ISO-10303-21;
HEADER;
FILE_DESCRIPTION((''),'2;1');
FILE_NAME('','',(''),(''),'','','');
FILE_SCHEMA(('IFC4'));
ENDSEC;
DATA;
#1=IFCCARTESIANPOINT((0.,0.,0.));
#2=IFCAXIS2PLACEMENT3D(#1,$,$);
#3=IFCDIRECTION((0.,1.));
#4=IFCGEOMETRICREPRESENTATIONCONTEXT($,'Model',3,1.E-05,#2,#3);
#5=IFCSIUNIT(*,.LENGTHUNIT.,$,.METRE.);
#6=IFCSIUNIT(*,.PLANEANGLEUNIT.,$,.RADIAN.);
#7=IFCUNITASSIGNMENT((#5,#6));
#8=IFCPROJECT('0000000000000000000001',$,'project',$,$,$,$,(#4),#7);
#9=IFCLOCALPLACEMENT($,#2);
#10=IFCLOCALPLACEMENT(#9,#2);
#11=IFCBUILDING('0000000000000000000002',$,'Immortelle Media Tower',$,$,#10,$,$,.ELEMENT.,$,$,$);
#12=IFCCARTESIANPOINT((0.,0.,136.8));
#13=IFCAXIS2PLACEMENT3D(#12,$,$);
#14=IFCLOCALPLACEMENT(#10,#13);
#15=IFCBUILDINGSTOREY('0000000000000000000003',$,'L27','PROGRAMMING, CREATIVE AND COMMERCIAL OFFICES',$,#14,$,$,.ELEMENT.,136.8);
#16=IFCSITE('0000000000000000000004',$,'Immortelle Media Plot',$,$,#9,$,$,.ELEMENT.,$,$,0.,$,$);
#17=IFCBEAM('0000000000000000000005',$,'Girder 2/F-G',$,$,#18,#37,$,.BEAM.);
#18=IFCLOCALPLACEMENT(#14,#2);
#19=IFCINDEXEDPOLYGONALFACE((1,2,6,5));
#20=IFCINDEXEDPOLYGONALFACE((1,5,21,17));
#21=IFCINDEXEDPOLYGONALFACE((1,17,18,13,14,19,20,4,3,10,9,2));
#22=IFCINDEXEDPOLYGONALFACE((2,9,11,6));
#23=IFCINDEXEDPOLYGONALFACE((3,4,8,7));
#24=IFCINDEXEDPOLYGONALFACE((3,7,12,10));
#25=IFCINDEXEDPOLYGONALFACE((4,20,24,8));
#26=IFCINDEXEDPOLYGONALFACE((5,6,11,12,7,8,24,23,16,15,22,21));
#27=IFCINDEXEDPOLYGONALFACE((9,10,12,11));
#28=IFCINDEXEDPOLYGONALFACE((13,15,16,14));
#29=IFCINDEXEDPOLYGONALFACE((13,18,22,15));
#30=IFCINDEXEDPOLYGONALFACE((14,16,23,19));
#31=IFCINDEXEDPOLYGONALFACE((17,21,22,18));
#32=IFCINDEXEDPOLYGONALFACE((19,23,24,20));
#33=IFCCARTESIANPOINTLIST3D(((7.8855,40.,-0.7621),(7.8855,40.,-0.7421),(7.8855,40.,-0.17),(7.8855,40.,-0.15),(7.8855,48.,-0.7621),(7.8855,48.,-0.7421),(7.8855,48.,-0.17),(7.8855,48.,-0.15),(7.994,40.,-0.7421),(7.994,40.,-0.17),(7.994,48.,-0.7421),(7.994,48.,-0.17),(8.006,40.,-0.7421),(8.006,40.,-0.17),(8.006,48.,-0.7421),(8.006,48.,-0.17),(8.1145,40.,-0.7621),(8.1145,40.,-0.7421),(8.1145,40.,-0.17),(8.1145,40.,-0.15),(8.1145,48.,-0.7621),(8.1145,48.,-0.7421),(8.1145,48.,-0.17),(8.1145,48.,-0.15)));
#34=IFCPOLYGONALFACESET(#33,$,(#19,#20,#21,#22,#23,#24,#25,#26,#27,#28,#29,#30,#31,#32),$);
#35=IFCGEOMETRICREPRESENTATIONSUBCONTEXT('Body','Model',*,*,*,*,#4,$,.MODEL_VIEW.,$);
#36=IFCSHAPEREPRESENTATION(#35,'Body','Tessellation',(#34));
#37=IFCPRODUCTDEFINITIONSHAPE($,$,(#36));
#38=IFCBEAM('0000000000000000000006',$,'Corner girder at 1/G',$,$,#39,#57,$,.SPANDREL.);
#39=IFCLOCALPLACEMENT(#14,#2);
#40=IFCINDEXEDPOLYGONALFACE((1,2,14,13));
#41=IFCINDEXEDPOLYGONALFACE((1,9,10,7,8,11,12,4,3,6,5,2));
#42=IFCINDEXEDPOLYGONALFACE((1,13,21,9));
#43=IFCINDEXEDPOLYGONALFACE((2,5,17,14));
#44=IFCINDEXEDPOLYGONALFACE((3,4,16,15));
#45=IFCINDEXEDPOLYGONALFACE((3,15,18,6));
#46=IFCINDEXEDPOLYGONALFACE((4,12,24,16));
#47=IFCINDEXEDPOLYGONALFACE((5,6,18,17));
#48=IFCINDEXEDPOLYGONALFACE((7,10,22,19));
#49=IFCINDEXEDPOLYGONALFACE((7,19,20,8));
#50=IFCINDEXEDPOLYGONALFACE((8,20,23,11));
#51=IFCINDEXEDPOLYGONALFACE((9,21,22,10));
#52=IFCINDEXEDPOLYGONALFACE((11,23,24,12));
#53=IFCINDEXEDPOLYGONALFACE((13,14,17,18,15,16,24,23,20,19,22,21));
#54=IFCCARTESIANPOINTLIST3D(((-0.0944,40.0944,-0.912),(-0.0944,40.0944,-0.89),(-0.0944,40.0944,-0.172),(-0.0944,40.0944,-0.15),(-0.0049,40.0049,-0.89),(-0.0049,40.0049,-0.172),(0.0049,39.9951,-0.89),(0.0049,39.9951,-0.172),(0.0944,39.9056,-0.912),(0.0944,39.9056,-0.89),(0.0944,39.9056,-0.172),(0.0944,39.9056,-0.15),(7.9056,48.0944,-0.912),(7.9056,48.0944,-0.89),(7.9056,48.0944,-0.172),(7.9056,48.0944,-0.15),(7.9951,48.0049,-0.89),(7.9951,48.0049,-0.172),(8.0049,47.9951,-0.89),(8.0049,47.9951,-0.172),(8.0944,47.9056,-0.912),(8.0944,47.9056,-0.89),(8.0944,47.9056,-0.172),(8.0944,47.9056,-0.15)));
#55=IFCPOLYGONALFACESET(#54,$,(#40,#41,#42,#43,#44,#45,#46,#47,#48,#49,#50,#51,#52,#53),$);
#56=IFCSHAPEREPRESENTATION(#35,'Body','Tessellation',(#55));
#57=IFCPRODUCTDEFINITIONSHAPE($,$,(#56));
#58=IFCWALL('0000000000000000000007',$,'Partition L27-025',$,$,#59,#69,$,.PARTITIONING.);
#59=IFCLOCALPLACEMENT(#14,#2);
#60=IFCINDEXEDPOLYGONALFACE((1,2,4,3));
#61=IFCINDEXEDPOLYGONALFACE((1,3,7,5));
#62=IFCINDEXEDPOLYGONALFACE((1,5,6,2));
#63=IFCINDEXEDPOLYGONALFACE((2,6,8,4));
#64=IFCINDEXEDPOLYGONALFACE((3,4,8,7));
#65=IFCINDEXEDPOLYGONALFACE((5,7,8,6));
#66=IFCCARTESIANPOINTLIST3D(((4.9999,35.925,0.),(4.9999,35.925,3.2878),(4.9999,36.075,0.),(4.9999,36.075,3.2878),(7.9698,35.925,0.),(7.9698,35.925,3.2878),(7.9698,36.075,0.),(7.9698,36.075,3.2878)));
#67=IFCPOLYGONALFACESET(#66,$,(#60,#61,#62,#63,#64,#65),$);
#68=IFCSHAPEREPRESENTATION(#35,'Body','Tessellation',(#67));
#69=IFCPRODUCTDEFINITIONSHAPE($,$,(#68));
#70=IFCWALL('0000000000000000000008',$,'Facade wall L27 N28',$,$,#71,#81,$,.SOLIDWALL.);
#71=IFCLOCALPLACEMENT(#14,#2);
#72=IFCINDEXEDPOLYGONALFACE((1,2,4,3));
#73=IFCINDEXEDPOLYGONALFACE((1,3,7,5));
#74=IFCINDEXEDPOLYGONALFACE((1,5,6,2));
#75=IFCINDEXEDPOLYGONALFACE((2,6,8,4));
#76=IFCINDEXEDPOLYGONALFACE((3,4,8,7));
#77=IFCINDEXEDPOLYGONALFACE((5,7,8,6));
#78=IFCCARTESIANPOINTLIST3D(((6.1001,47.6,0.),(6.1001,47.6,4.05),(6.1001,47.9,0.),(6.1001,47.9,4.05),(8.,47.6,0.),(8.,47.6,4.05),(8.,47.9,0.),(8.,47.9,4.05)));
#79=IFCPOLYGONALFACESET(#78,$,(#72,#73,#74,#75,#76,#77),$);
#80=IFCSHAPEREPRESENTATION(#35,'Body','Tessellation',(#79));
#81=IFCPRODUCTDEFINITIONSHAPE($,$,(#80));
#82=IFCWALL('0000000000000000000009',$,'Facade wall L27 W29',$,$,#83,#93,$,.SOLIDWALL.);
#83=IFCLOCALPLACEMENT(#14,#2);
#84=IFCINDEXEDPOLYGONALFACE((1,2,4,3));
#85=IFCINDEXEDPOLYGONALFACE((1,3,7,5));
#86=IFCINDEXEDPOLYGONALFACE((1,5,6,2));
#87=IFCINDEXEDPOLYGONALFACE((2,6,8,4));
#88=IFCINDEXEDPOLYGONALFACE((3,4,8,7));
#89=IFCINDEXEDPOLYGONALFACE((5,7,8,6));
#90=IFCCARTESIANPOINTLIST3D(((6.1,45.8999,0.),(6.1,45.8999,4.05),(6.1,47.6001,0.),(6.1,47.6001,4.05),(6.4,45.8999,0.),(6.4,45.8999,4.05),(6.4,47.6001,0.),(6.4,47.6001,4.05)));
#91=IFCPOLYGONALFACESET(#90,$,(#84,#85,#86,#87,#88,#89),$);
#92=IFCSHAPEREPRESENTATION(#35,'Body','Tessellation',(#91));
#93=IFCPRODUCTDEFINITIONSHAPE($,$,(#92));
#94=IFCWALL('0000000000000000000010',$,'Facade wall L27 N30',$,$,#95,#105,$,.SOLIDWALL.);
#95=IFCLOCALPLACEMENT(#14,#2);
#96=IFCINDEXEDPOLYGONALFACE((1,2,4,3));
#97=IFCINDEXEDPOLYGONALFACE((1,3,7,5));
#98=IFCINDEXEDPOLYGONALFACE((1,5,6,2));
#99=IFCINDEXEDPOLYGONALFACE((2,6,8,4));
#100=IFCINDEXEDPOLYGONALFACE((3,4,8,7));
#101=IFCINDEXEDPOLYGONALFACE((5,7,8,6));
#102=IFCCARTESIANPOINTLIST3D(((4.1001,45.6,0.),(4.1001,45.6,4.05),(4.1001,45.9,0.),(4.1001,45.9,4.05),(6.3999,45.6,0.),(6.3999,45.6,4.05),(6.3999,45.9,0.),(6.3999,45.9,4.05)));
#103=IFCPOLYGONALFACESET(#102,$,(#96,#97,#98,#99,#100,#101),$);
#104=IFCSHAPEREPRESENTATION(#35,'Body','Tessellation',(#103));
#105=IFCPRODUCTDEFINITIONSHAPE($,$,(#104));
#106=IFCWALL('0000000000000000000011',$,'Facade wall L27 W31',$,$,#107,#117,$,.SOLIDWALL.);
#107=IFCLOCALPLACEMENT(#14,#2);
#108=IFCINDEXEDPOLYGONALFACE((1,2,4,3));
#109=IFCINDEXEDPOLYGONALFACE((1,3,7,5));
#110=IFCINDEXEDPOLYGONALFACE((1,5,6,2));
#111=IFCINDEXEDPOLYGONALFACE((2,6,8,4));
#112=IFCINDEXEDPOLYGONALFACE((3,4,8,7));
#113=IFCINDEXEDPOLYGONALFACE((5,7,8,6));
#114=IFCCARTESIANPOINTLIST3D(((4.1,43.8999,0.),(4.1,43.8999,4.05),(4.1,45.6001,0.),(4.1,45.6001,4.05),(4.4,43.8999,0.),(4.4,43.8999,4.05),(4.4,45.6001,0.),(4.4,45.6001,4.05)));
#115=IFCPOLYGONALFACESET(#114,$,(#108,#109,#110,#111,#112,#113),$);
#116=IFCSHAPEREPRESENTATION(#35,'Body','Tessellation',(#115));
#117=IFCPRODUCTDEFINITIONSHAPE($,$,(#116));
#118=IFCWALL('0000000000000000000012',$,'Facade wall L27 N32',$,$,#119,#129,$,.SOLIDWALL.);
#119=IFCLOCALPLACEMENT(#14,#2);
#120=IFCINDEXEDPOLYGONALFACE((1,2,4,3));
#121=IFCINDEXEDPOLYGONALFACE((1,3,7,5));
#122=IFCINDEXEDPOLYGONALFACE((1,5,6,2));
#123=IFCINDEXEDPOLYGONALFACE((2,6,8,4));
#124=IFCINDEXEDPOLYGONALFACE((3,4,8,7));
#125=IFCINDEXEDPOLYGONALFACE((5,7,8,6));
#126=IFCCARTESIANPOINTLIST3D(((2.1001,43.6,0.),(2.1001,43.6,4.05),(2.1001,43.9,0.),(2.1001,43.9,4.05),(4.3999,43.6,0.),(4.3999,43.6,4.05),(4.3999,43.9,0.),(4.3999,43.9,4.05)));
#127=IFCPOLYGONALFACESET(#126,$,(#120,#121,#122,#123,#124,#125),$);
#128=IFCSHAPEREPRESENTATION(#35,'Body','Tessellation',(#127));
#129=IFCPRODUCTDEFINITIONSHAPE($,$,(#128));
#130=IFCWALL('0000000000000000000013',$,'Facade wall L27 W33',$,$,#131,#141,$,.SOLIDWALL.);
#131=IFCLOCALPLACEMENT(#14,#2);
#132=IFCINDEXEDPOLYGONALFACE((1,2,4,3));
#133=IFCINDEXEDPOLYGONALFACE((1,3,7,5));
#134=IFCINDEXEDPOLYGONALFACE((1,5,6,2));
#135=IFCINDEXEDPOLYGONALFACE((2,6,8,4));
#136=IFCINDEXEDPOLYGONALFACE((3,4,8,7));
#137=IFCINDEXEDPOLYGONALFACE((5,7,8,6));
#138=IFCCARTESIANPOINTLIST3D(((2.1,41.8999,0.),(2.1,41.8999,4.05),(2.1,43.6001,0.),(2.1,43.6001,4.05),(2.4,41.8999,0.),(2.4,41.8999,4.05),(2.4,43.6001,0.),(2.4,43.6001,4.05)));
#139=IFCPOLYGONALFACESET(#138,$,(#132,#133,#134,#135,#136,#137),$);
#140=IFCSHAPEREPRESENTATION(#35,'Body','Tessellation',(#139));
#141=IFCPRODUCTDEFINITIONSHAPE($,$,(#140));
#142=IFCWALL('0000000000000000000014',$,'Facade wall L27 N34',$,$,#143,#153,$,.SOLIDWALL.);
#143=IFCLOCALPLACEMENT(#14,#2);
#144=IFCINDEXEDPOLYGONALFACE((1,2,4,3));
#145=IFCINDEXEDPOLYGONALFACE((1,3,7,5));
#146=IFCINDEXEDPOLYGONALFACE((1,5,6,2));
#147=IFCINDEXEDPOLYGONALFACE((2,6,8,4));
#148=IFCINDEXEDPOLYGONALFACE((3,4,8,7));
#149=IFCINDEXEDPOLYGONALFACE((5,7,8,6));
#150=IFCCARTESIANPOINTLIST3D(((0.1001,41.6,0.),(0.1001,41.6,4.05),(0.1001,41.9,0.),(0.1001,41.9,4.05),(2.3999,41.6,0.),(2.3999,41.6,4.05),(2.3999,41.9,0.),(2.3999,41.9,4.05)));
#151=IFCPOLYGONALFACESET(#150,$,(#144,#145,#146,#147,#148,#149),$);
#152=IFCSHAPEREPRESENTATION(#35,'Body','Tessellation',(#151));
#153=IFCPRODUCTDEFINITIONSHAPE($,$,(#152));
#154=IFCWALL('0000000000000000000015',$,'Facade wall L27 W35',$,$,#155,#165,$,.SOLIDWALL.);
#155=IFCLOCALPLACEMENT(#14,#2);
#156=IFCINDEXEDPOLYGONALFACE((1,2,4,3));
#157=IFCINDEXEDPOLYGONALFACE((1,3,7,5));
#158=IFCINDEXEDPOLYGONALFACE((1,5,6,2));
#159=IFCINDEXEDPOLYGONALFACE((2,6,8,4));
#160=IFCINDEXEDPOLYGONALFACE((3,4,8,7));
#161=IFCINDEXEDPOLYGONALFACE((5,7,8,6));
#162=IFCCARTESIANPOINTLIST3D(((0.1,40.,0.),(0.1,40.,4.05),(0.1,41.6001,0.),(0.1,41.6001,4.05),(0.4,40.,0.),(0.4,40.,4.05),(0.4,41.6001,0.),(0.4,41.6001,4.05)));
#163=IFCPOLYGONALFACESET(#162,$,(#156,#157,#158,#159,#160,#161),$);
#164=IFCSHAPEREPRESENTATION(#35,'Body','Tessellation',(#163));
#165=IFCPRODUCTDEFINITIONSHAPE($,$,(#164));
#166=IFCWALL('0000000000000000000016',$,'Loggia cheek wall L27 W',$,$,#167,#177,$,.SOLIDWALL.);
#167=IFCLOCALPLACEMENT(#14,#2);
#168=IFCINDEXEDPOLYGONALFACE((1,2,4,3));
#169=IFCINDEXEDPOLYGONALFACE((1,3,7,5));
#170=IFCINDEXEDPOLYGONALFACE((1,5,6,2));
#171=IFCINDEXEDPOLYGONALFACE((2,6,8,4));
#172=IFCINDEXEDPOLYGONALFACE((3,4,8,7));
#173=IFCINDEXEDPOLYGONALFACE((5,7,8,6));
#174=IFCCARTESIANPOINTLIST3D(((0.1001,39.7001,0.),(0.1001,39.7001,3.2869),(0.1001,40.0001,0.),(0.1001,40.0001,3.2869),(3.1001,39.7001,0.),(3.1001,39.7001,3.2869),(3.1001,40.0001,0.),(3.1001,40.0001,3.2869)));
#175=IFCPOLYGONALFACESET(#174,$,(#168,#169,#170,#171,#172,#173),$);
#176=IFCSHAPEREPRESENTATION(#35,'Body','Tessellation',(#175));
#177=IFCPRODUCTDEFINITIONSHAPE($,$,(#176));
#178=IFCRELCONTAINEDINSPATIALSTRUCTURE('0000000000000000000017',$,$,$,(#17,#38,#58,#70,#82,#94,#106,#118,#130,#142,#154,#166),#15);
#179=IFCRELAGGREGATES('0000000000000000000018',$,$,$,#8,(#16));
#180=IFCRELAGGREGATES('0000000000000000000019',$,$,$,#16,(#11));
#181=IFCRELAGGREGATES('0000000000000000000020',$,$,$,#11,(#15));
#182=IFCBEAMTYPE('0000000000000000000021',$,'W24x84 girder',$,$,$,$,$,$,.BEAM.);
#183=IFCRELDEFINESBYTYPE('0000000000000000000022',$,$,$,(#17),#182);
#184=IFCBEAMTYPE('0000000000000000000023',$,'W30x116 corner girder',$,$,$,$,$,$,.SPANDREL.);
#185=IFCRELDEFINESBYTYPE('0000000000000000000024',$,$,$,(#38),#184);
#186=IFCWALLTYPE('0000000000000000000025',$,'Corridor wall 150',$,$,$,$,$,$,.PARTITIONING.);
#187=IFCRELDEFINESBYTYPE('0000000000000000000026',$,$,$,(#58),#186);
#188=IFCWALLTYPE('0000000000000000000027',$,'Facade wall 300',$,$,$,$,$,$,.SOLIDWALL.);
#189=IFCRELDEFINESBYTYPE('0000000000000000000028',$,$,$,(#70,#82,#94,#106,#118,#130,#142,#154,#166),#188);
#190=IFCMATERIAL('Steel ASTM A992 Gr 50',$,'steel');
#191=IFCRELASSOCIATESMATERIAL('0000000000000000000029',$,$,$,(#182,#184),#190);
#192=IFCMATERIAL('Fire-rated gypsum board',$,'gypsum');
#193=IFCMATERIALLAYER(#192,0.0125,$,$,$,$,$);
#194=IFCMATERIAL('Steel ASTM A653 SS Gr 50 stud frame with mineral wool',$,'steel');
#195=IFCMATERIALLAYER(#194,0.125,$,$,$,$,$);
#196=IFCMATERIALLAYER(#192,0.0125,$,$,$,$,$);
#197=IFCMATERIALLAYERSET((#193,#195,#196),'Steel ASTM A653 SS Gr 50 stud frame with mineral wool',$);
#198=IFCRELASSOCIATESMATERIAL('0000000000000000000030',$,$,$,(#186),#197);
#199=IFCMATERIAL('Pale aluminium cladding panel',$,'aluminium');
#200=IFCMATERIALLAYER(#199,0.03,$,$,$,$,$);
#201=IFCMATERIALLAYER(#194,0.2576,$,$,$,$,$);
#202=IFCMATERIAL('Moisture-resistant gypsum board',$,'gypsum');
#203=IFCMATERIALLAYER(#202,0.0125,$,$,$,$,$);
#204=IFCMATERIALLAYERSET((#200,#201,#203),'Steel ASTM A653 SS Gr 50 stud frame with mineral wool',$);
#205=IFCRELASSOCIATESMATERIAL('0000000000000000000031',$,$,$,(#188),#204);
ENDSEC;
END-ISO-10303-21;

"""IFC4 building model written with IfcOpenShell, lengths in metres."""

from ifc_helpers import new_model, si_unit, direction, frame, frame_2d, origin, origin_2d, place, context, subcontext, project, spatial, rectangle, i_section, extrude, material, layer, layer_set, material_profile, profile_set, type_object, element, save


model = new_model("IFC4")

# Units and contexts
model_context = context("Model", 3, precision=1e-05, world=origin(), true_north=direction((0.0, 1.0)))
body_context = subcontext(model_context, "Body", "Model", "MODEL_VIEW")
ifc_project = project(units=[si_unit("LENGTHUNIT", "METRE"), si_unit("PLANEANGLEUNIT", "RADIAN")], contexts=[model_context])

# Site, building, storey
site_placement = place(None, origin())
site = spatial("IfcSite", under=ifc_project, at=site_placement, Name="Immortelle Media Plot", CompositionType="ELEMENT", RefElevation=0.0)
building_placement = place(site_placement, origin())
building = spatial("IfcBuilding", under=site, at=building_placement, Name="Immortelle Media Tower", CompositionType="ELEMENT")
storey_placement = place(building_placement, frame((0.0, 0.0, 136.8)))
storey = spatial("IfcBuildingStorey", under=building, at=storey_placement, Name="L27", Description="PROGRAMMING, CREATIVE AND COMMERCIAL OFFICES", CompositionType="ELEMENT", Elevation=136.8)

# Shared definitions
ifc_material_1 = material(Name="Steel ASTM A992 Gr 50", Category="steel")

# Beams
ifc_material_profile_1 = material_profile(ifc_material_1, i_section(OverallWidth=0.229, OverallDepth=0.6121, WebThickness=0.012, FlangeThickness=0.02, at=origin_2d()), Name="W24x84")
ifc_profile_set_1 = profile_set([ifc_material_profile_1], Name="Steel ASTM A992 Gr 50")
beam_type_1 = type_object("IfcBeamType", Name="W24x84 girder", PredefinedType="BEAM", material=ifc_profile_set_1)
for number, where, z_axis, x_axis, name in (
    (1, (8.0, 40.0, -0.4561), (0.0, 1.0, 0.0), (-1.0, 0.0, 0.0), "Girder 2/F-G"),
):
    element("IfcBeam", number, at=place(storey_placement, frame(where, z_axis=z_axis, x_axis=x_axis)), inside=storey, type_object=beam_type_1, Name=name, PredefinedType="BEAM", context=body_context, shape_type="SweptSolid", body=[
        extrude(i_section(OverallWidth=0.229, OverallDepth=0.6121, WebThickness=0.012, FlangeThickness=0.02, at=origin_2d()), origin(), (0.0, 0.0, 1.0), 8.0),
    ])
ifc_material_profile_2 = material_profile(ifc_material_1, i_section(OverallWidth=0.2671, OverallDepth=0.762, WebThickness=0.0139, FlangeThickness=0.022, at=origin_2d()), Name="W30x116")
ifc_profile_set_2 = profile_set([ifc_material_profile_2], Name="Steel ASTM A992 Gr 50")
beam_type_2 = type_object("IfcBeamType", Name="W30x116 corner girder", PredefinedType="SPANDREL", material=ifc_profile_set_2)
beam_1_placement = place(storey_placement, frame((0.0, 40.0, -0.531), z_axis=(0.707107, 0.707107, 0.0), x_axis=(-0.707107, 0.707107, 0.0)))
element("IfcBeam", 2, at=beam_1_placement, inside=storey, type_object=beam_type_2, Name="Corner girder at 1/G", PredefinedType="SPANDREL", context=body_context, shape_type="SweptSolid", body=[
    extrude(i_section(OverallWidth=0.2671, OverallDepth=0.762, WebThickness=0.0139, FlangeThickness=0.022, at=origin_2d()), origin(), (0.0, 0.0, 1.0), 11.3137),
])

# Walls
ifc_material_2 = material(Name="Fire-rated gypsum board", Category="gypsum")
ifc_layer_1 = layer(ifc_material_2, 0.0125)
ifc_material_3 = material(Name="Steel ASTM A653 SS Gr 50 stud frame with mineral wool", Category="steel")
ifc_layer_2 = layer(ifc_material_3, 0.125)
ifc_layer_3 = layer(ifc_material_2, 0.0125)
ifc_layer_set_1 = layer_set([ifc_layer_1, ifc_layer_2, ifc_layer_3], Name="Steel ASTM A653 SS Gr 50 stud frame with mineral wool")
wall_type_1 = type_object("IfcWallType", Name="Corridor wall 150", PredefinedType="PARTITIONING", material=ifc_layer_set_1)
wall_1_placement = place(storey_placement, frame((5.0, 36.0, 0.0), z_axis=(0.0, 0.0, 1.0), x_axis=(1.0, 0.0, 0.0)))
element("IfcWall", 3, at=wall_1_placement, inside=storey, type_object=wall_type_1, Name="Partition L27-025", PredefinedType="PARTITIONING", context=body_context, shape_type="SweptSolid", body=[
    extrude(rectangle(XDim=2.97, YDim=0.1499, at=frame_2d((1.4849, 0.0))), origin(), (0.0, 0.0, 1.0), 3.2878),
])
ifc_material_4 = material(Name="Pale aluminium cladding panel", Category="aluminium")
ifc_layer_4 = layer(ifc_material_4, 0.03)
ifc_layer_5 = layer(ifc_material_3, 0.2576)
ifc_material_5 = material(Name="Moisture-resistant gypsum board", Category="gypsum")
ifc_layer_6 = layer(ifc_material_5, 0.0125)
ifc_layer_set_2 = layer_set([ifc_layer_4, ifc_layer_5, ifc_layer_6], Name="Steel ASTM A653 SS Gr 50 stud frame with mineral wool")
wall_type_2 = type_object("IfcWallType", Name="Facade wall 300", PredefinedType="SOLIDWALL", material=ifc_layer_set_2)
wall_2_placement = place(storey_placement, frame((8.0, 47.75, 0.0), z_axis=(0.0, 0.0, 1.0), x_axis=(-1.0, 0.0, 0.0)))
element("IfcWall", 4, at=wall_2_placement, inside=storey, type_object=wall_type_2, Name="Facade wall L27 N28", PredefinedType="SOLIDWALL", context=body_context, shape_type="SweptSolid", body=[
    extrude(rectangle(XDim=1.8999, YDim=0.3, at=frame_2d((0.95, 0.0))), origin(), (0.0, 0.0, 1.0), 4.05),
])
wall_3_placement = place(storey_placement, frame((6.25, 47.6001, 0.0), z_axis=(0.0, 0.0, 1.0), x_axis=(0.0, -1.0, 0.0)))
element("IfcWall", 5, at=wall_3_placement, inside=storey, type_object=wall_type_2, Name="Facade wall L27 W29", PredefinedType="SOLIDWALL", context=body_context, shape_type="SweptSolid", body=[
    extrude(rectangle(XDim=1.7002, YDim=0.3, at=frame_2d((0.8501, 0.0))), origin(), (0.0, 0.0, 1.0), 4.05),
])
wall_4_placement = place(storey_placement, frame((6.3999, 45.75, 0.0), z_axis=(0.0, 0.0, 1.0), x_axis=(-1.0, 0.0, 0.0)))
element("IfcWall", 6, at=wall_4_placement, inside=storey, type_object=wall_type_2, Name="Facade wall L27 N30", PredefinedType="SOLIDWALL", context=body_context, shape_type="SweptSolid", body=[
    extrude(rectangle(XDim=2.2998, YDim=0.3, at=frame_2d((1.1499, 0.0))), origin(), (0.0, 0.0, 1.0), 4.05),
])
wall_5_placement = place(storey_placement, frame((4.25, 45.6001, 0.0), z_axis=(0.0, 0.0, 1.0), x_axis=(0.0, -1.0, 0.0)))
element("IfcWall", 7, at=wall_5_placement, inside=storey, type_object=wall_type_2, Name="Facade wall L27 W31", PredefinedType="SOLIDWALL", context=body_context, shape_type="SweptSolid", body=[
    extrude(rectangle(XDim=1.7002, YDim=0.3, at=frame_2d((0.8501, 0.0))), origin(), (0.0, 0.0, 1.0), 4.05),
])
wall_6_placement = place(storey_placement, frame((4.3999, 43.75, 0.0), z_axis=(0.0, 0.0, 1.0), x_axis=(-1.0, 0.0, 0.0)))
element("IfcWall", 8, at=wall_6_placement, inside=storey, type_object=wall_type_2, Name="Facade wall L27 N32", PredefinedType="SOLIDWALL", context=body_context, shape_type="SweptSolid", body=[
    extrude(rectangle(XDim=2.2998, YDim=0.3, at=frame_2d((1.1499, 0.0))), origin(), (0.0, 0.0, 1.0), 4.05),
])
wall_7_placement = place(storey_placement, frame((2.25, 43.6001, 0.0), z_axis=(0.0, 0.0, 1.0), x_axis=(0.0, -1.0, 0.0)))
element("IfcWall", 9, at=wall_7_placement, inside=storey, type_object=wall_type_2, Name="Facade wall L27 W33", PredefinedType="SOLIDWALL", context=body_context, shape_type="SweptSolid", body=[
    extrude(rectangle(XDim=1.7002, YDim=0.3, at=frame_2d((0.8501, 0.0))), origin(), (0.0, 0.0, 1.0), 4.05),
])
wall_8_placement = place(storey_placement, frame((2.3999, 41.75, 0.0), z_axis=(0.0, 0.0, 1.0), x_axis=(-1.0, 0.0, 0.0)))
element("IfcWall", 10, at=wall_8_placement, inside=storey, type_object=wall_type_2, Name="Facade wall L27 N34", PredefinedType="SOLIDWALL", context=body_context, shape_type="SweptSolid", body=[
    extrude(rectangle(XDim=2.2998, YDim=0.3, at=frame_2d((1.1499, 0.0))), origin(), (0.0, 0.0, 1.0), 4.05),
])
wall_9_placement = place(storey_placement, frame((0.25, 41.6001, 0.0), z_axis=(0.0, 0.0, 1.0), x_axis=(0.0, -1.0, 0.0)))
element("IfcWall", 11, at=wall_9_placement, inside=storey, type_object=wall_type_2, Name="Facade wall L27 W35", PredefinedType="SOLIDWALL", context=body_context, shape_type="SweptSolid", body=[
    extrude(rectangle(XDim=1.6001, YDim=0.3, at=frame_2d((0.8, 0.0))), origin(), (0.0, 0.0, 1.0), 4.05),
])

# Wall
wall_10_placement = place(storey_placement, frame((0.1001, 39.8501, 0.0), z_axis=(0.0, 0.0, 1.0), x_axis=(1.0, 0.0, 0.0)))
element("IfcWall", 12, at=wall_10_placement, inside=storey, type_object=wall_type_2, Name="Loggia cheek wall L27 W", PredefinedType="SOLIDWALL", context=body_context, shape_type="SweptSolid", body=[
    extrude(rectangle(XDim=3.0, YDim=0.3, at=frame_2d((1.5, 0.0))), origin(), (0.0, 0.0, 1.0), 3.2869),
])

save(model, "model.ifc")
